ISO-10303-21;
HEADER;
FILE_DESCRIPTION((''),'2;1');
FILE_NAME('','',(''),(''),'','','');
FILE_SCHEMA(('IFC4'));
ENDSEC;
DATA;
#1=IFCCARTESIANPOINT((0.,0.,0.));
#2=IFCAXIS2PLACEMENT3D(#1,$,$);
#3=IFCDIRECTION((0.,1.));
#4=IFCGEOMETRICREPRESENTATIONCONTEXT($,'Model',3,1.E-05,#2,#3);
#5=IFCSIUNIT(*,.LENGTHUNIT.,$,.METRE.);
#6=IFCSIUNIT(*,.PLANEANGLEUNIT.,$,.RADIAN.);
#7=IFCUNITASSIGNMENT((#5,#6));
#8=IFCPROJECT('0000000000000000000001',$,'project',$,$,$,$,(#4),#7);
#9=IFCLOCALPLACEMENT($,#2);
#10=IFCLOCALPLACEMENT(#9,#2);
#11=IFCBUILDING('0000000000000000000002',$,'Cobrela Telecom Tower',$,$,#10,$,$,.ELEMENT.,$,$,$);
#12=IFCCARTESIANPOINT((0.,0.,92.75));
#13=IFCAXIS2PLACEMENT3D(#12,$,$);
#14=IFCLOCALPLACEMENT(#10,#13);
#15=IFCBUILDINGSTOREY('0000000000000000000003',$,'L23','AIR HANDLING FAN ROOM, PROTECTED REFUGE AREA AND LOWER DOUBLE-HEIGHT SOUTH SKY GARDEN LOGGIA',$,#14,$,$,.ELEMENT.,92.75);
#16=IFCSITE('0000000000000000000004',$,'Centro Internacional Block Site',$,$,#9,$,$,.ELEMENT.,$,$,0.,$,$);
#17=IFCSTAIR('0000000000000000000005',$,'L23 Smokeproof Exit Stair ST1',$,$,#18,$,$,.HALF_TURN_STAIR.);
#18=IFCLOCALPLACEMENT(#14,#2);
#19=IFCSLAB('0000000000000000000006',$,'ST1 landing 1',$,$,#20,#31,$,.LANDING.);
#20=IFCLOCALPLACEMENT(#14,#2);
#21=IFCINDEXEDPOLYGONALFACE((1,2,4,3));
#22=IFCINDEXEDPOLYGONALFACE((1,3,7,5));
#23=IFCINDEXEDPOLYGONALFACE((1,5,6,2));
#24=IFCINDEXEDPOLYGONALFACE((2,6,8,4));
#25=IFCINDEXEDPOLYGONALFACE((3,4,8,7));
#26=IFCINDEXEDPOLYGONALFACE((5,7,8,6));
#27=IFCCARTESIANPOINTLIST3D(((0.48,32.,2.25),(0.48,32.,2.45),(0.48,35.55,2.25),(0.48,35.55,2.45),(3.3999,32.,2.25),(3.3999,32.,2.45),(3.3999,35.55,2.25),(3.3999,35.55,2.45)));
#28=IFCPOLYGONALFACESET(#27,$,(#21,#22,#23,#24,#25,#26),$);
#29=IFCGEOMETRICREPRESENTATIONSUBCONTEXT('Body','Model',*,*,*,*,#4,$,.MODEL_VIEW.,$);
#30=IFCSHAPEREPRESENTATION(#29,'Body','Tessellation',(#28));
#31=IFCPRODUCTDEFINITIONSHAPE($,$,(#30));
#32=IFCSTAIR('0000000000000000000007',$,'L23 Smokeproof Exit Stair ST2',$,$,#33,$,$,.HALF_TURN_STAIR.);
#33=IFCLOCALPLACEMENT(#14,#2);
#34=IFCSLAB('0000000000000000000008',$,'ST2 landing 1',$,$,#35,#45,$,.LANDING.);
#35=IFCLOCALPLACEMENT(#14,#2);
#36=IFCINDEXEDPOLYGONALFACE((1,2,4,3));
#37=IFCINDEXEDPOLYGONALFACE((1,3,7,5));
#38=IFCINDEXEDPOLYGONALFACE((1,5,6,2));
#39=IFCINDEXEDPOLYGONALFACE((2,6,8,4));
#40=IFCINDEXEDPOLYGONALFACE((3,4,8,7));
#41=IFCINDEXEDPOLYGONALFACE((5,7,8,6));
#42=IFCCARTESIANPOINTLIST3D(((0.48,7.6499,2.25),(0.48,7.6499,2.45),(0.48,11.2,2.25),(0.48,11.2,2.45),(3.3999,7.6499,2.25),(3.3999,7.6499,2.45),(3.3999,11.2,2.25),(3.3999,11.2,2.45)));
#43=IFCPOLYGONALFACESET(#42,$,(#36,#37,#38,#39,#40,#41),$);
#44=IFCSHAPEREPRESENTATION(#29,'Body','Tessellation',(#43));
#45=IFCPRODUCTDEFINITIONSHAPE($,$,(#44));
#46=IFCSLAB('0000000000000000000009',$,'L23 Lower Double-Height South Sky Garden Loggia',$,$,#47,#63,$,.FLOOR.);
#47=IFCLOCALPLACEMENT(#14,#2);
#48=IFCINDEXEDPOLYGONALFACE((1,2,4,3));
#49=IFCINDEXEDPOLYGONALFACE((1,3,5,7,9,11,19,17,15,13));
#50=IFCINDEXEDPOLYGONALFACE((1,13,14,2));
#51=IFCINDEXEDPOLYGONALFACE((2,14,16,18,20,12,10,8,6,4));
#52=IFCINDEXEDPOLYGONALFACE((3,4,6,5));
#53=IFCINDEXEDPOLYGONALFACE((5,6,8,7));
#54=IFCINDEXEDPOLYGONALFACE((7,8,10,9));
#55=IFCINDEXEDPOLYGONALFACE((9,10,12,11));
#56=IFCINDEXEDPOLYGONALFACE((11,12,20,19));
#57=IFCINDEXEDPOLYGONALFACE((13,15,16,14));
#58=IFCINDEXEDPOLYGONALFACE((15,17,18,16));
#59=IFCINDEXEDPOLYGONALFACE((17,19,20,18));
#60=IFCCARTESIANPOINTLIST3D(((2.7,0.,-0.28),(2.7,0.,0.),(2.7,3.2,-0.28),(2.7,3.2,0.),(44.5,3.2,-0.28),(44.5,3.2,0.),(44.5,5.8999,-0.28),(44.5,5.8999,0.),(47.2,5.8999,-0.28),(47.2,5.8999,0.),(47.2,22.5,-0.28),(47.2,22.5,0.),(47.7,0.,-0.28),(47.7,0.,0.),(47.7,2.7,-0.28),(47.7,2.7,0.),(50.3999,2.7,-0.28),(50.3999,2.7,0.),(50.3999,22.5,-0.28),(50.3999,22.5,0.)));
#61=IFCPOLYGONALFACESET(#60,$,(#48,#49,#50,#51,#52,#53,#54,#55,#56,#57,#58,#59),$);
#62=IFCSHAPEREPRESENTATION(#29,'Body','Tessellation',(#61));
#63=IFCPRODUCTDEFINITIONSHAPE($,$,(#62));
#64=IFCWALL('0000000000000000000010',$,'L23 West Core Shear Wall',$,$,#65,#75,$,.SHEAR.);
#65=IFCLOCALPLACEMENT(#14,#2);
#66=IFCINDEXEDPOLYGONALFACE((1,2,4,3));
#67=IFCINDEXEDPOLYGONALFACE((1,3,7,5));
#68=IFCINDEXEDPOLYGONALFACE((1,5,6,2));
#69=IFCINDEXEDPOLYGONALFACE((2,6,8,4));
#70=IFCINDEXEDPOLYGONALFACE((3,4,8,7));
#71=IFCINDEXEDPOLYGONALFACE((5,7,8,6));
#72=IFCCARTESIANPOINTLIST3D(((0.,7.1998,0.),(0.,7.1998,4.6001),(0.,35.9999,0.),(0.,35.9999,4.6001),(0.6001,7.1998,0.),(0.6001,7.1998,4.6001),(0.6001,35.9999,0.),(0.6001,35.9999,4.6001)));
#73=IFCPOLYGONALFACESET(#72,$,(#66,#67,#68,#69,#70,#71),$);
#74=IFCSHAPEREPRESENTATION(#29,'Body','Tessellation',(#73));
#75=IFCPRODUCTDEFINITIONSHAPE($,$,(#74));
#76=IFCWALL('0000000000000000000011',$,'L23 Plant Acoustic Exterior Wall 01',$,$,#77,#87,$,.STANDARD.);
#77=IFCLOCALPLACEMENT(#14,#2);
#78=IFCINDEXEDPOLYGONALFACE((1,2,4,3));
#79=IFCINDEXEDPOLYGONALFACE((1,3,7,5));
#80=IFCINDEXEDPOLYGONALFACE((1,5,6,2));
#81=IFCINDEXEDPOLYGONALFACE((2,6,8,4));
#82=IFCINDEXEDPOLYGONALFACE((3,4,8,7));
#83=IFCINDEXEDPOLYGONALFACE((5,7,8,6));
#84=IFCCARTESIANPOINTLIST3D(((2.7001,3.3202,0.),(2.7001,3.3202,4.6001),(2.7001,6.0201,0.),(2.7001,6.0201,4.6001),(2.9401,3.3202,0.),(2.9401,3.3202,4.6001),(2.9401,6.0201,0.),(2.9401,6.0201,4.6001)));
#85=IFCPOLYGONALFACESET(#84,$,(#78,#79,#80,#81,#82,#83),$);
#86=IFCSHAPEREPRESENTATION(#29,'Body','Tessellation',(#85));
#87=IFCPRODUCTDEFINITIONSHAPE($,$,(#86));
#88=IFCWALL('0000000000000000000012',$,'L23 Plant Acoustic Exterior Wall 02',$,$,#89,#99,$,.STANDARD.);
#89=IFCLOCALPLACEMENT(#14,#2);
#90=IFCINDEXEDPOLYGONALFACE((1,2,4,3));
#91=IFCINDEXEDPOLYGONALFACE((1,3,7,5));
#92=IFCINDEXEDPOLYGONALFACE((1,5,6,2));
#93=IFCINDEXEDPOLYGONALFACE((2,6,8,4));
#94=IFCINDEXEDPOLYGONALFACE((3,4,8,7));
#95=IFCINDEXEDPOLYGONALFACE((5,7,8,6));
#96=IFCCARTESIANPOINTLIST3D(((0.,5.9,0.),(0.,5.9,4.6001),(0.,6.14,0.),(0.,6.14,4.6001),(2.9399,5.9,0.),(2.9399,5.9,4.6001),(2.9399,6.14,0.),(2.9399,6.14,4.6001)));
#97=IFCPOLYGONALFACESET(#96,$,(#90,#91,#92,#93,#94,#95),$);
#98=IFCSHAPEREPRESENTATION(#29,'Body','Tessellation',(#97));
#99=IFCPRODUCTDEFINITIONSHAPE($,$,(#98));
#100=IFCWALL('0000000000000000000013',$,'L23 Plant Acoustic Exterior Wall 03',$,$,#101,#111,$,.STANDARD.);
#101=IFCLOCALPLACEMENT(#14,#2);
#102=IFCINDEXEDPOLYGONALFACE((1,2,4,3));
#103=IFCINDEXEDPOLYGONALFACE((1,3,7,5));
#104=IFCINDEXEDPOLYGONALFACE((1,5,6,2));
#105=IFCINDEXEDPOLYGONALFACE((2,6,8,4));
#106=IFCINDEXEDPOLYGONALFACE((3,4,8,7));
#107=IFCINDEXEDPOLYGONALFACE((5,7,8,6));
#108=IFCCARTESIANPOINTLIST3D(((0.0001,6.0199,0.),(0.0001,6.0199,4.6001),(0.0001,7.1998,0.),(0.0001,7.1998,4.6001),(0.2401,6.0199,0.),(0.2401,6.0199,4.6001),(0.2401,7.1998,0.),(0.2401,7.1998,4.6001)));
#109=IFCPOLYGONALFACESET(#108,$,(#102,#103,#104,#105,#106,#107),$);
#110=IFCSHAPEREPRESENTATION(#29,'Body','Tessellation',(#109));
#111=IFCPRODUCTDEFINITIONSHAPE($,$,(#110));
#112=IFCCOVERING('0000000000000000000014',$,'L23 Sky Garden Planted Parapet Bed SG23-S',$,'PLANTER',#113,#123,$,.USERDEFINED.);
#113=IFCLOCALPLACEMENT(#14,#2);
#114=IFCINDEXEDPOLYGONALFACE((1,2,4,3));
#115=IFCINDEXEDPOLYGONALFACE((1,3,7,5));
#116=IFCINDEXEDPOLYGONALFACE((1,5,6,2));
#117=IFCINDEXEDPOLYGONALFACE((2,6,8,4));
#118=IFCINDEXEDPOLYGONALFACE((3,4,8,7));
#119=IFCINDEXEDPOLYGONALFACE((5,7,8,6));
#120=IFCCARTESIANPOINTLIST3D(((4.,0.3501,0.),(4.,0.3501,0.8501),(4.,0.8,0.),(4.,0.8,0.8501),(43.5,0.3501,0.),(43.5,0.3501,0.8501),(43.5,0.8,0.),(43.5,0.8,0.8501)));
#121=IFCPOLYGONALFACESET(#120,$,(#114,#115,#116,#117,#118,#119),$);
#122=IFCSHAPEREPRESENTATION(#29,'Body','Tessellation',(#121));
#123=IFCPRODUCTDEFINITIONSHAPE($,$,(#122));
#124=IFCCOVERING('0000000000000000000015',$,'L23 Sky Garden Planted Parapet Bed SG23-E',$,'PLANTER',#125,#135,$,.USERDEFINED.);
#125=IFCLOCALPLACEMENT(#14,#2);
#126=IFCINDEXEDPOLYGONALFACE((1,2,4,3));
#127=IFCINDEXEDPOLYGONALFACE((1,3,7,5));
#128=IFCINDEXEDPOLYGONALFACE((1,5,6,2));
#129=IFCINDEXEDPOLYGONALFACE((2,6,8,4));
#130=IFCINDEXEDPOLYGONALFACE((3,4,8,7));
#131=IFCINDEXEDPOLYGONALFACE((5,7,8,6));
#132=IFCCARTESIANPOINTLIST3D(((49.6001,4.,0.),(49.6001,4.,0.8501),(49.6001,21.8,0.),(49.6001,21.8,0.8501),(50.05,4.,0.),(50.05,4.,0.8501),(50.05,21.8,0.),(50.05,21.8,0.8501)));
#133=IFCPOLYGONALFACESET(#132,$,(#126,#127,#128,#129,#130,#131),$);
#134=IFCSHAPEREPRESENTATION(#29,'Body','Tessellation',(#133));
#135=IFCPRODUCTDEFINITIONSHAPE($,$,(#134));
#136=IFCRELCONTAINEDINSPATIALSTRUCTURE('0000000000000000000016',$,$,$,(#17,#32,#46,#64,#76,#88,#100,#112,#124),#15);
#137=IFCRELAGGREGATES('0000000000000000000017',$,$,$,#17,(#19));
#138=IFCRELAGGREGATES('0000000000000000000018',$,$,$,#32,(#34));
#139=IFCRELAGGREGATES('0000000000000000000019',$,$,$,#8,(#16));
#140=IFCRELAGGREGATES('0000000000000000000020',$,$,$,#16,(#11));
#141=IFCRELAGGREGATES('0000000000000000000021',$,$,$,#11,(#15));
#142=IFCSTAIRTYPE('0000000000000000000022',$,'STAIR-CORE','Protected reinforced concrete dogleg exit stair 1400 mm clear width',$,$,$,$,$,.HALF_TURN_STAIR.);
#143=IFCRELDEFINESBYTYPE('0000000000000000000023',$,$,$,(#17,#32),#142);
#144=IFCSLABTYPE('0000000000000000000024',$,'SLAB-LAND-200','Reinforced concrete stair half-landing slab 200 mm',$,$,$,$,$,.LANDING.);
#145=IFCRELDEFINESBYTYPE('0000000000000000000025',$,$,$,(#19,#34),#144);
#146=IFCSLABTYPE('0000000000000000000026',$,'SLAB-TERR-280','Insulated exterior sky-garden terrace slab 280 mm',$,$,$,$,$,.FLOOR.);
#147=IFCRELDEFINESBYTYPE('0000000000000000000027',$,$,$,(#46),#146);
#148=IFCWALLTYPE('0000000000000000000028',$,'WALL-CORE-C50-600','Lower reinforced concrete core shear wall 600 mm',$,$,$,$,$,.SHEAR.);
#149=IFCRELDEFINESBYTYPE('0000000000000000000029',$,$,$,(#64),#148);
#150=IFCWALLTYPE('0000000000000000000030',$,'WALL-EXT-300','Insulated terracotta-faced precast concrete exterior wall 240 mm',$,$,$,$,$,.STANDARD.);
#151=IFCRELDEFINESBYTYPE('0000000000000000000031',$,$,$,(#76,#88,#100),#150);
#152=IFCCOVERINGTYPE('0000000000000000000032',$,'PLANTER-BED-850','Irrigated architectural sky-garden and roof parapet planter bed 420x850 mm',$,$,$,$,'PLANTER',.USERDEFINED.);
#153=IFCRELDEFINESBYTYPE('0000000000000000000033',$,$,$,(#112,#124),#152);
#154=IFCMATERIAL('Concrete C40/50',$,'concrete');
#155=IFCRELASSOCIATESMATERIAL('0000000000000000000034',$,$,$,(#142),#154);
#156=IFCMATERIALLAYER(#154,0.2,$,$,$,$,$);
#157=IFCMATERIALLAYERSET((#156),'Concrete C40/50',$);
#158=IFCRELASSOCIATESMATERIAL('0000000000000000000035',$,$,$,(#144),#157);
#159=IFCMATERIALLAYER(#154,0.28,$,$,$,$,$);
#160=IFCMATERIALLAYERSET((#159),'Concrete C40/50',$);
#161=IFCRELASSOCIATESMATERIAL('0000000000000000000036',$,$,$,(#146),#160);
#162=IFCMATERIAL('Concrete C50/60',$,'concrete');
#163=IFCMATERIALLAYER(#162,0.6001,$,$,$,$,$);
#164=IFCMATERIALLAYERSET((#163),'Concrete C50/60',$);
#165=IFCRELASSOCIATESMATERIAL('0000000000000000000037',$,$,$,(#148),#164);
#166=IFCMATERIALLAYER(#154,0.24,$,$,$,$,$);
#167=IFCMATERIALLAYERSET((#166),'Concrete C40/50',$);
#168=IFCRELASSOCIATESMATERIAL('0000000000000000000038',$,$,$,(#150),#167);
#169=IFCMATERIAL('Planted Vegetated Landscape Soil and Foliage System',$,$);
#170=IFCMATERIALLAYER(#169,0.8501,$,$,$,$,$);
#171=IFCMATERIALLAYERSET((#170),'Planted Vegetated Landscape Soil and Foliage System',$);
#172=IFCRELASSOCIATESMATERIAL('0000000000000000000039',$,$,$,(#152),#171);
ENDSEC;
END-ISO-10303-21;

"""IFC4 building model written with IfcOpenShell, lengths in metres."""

from ifc_helpers import new_model, si_unit, direction, frame, frame_2d, origin, place, context, subcontext, project, spatial, polyline, rectangle, outline, extrude, material, layer, layer_set, type_object, element, aggregate, save


model = new_model("IFC4")

# Units and contexts
model_context = context("Model", 3, precision=1e-05, world=origin(), true_north=direction((0.0, 1.0)))
body_context = subcontext(model_context, "Body", "Model", "MODEL_VIEW")
ifc_project = project(units=[si_unit("LENGTHUNIT", "METRE"), si_unit("PLANEANGLEUNIT", "RADIAN")], contexts=[model_context])

# Site, building, storey
site_placement = place(None, origin())
site = spatial("IfcSite", under=ifc_project, at=site_placement, Name="Centro Internacional Block Site", CompositionType="ELEMENT", RefElevation=0.0)
building_placement = place(site_placement, origin())
building = spatial("IfcBuilding", under=site, at=building_placement, Name="Cobrela Telecom Tower", CompositionType="ELEMENT")
storey_placement = place(building_placement, frame((0.0, 0.0, 92.75)))
storey = spatial("IfcBuildingStorey", under=building, at=storey_placement, Name="L23", Description="AIR HANDLING FAN ROOM, PROTECTED REFUGE AREA AND LOWER DOUBLE-HEIGHT SOUTH SKY GARDEN LOGGIA", CompositionType="ELEMENT", Elevation=92.75)

# Shared definitions
ifc_material_1 = material(Name="Concrete C40/50", Category="concrete")

# Stairs, slabs
stair_type = type_object("IfcStairType", Name="STAIR-CORE", Description="Protected reinforced concrete dogleg exit stair 1400 mm clear width", PredefinedType="HALF_TURN_STAIR", material=ifc_material_1)
stair_1_placement = place(storey_placement, origin())
stair_1 = element("IfcStair", 1, at=stair_1_placement, inside=storey, type_object=stair_type, Name="L23 Smokeproof Exit Stair ST1", PredefinedType="HALF_TURN_STAIR")
ifc_layer_1 = layer(ifc_material_1, 0.2)
ifc_layer_set_1 = layer_set([ifc_layer_1], Name="Concrete C40/50")
slab_type_1 = type_object("IfcSlabType", Name="SLAB-LAND-200", Description="Reinforced concrete stair half-landing slab 200 mm", PredefinedType="LANDING", material=ifc_layer_set_1)
slab_1_placement = place(storey_placement, frame((0.0, 0.0, 2.25)))
slab_1 = element("IfcSlab", 2, at=slab_1_placement, type_object=slab_type_1, Name="ST1 landing 1", PredefinedType="LANDING", context=body_context, shape_type="SweptSolid", body=[
    extrude(outline(polyline([(3.3999, 35.55), (0.48, 35.55), (0.48, 32.0), (3.3999, 32.0), (3.3999, 35.55)])), origin(), (0.0, 0.0, 1.0), 0.2),
])
aggregate(stair_1, [slab_1])
stair_2_placement = place(storey_placement, origin())
stair_2 = element("IfcStair", 3, at=stair_2_placement, inside=storey, type_object=stair_type, Name="L23 Smokeproof Exit Stair ST2", PredefinedType="HALF_TURN_STAIR")
slab_2_placement = place(storey_placement, frame((0.0, 0.0, 2.25)))
slab_2 = element("IfcSlab", 4, at=slab_2_placement, type_object=slab_type_1, Name="ST2 landing 1", PredefinedType="LANDING", context=body_context, shape_type="SweptSolid", body=[
    extrude(outline(polyline([(3.3999, 11.2), (0.48, 11.2), (0.48, 7.6499), (3.3999, 7.6499), (3.3999, 11.2)])), origin(), (0.0, 0.0, 1.0), 0.2),
])
aggregate(stair_2, [slab_2])

# Slab
ifc_layer_2 = layer(ifc_material_1, 0.28)
ifc_layer_set_2 = layer_set([ifc_layer_2], Name="Concrete C40/50")
slab_type_2 = type_object("IfcSlabType", Name="SLAB-TERR-280", Description="Insulated exterior sky-garden terrace slab 280 mm", PredefinedType="FLOOR", material=ifc_layer_set_2)
slab_3_placement = place(storey_placement, frame((0.0, 0.0, -0.28)))
element("IfcSlab", 5, at=slab_3_placement, inside=storey, type_object=slab_type_2, Name="L23 Lower Double-Height South Sky Garden Loggia", PredefinedType="FLOOR", context=body_context, shape_type="SweptSolid", body=[
    extrude(outline(polyline([(2.7, 0.0), (47.7, 0.0), (47.7, 2.7), (50.3999, 2.7), (50.3999, 22.5), (47.2, 22.5), (47.2, 5.8999), (44.5, 5.8999), (44.5, 3.2), (2.7, 3.2), (2.7, 0.0)])), origin(), (0.0, 0.0, 1.0), 0.28),
])

# Walls
ifc_material_2 = material(Name="Concrete C50/60", Category="concrete")
ifc_layer_3 = layer(ifc_material_2, 0.6001)
ifc_layer_set_3 = layer_set([ifc_layer_3], Name="Concrete C50/60")
wall_type_1 = type_object("IfcWallType", Name="WALL-CORE-C50-600", Description="Lower reinforced concrete core shear wall 600 mm", PredefinedType="SHEAR", material=ifc_layer_set_3)
wall_1_placement = place(storey_placement, frame((0.3, 7.2, 0.0), z_axis=(0.0, 0.0, 1.0), x_axis=(0.0, 1.0, 0.0)))
element("IfcWall", 6, at=wall_1_placement, inside=storey, type_object=wall_type_1, Name="L23 West Core Shear Wall", PredefinedType="SHEAR", context=body_context, shape_type="SweptSolid", body=[
    extrude(rectangle(XDim=28.8, YDim=0.6001, at=frame_2d((14.3999, 0.0))), origin(), (0.0, 0.0, 1.0), 4.6001),
])
ifc_layer_4 = layer(ifc_material_1, 0.24)
ifc_layer_set_4 = layer_set([ifc_layer_4], Name="Concrete C40/50")
wall_type_2 = type_object("IfcWallType", Name="WALL-EXT-300", Description="Insulated terracotta-faced precast concrete exterior wall 240 mm", PredefinedType="STANDARD", material=ifc_layer_set_4)
wall_2_placement = place(storey_placement, frame((2.8201, 3.3201, 0.0), z_axis=(0.0, 0.0, 1.0), x_axis=(0.0, 1.0, 0.0)))
element("IfcWall", 7, at=wall_2_placement, inside=storey, type_object=wall_type_2, Name="L23 Plant Acoustic Exterior Wall 01", PredefinedType="STANDARD", context=body_context, shape_type="SweptSolid", body=[
    extrude(rectangle(XDim=2.7, YDim=0.24, at=frame_2d((1.3501, 0.0))), origin(), (0.0, 0.0, 1.0), 4.6001),
])
wall_3_placement = place(storey_placement, frame((2.9399, 6.02, 0.0), z_axis=(0.0, 0.0, 1.0), x_axis=(-1.0, 0.0, 0.0)))
element("IfcWall", 8, at=wall_3_placement, inside=storey, type_object=wall_type_2, Name="L23 Plant Acoustic Exterior Wall 02", PredefinedType="STANDARD", context=body_context, shape_type="SweptSolid", body=[
    extrude(rectangle(XDim=2.9399, YDim=0.24, at=frame_2d((1.47, 0.0))), origin(), (0.0, 0.0, 1.0), 4.6001),
])
wall_4_placement = place(storey_placement, frame((0.1201, 6.02, 0.0), z_axis=(0.0, 0.0, 1.0), x_axis=(0.0, 1.0, 0.0)))
element("IfcWall", 9, at=wall_4_placement, inside=storey, type_object=wall_type_2, Name="L23 Plant Acoustic Exterior Wall 03", PredefinedType="STANDARD", context=body_context, shape_type="SweptSolid", body=[
    extrude(rectangle(XDim=1.1799, YDim=0.24, at=frame_2d((0.5898, 0.0))), origin(), (0.0, 0.0, 1.0), 4.6001),
])

# Coverings
ifc_material_3 = material(Name="Planted Vegetated Landscape Soil and Foliage System")
ifc_layer_5 = layer(ifc_material_3, 0.8501)
ifc_layer_set_5 = layer_set([ifc_layer_5], Name="Planted Vegetated Landscape Soil and Foliage System")
covering_type = type_object("IfcCoveringType", Name="PLANTER-BED-850", Description="Irrigated architectural sky-garden and roof parapet planter bed 420x850 mm", ElementType="PLANTER", PredefinedType="USERDEFINED", material=ifc_layer_set_5)
covering_1_placement = place(storey_placement, origin())
element("IfcCovering", 10, at=covering_1_placement, inside=storey, type_object=covering_type, Name="L23 Sky Garden Planted Parapet Bed SG23-S", ObjectType="PLANTER", PredefinedType="USERDEFINED", context=body_context, shape_type="SweptSolid", body=[
    extrude(outline(polyline([(4.0, 0.3501), (43.5, 0.3501), (43.5, 0.8), (4.0, 0.8), (4.0, 0.3501)])), origin(), (0.0, 0.0, 1.0), 0.8501),
])
covering_2_placement = place(storey_placement, origin())
element("IfcCovering", 11, at=covering_2_placement, inside=storey, type_object=covering_type, Name="L23 Sky Garden Planted Parapet Bed SG23-E", ObjectType="PLANTER", PredefinedType="USERDEFINED", context=body_context, shape_type="SweptSolid", body=[
    extrude(outline(polyline([(49.6001, 4.0), (50.05, 4.0), (50.05, 21.8), (49.6001, 21.8), (49.6001, 4.0)])), origin(), (0.0, 0.0, 1.0), 0.8501),
])

save(model, "model.ifc")
